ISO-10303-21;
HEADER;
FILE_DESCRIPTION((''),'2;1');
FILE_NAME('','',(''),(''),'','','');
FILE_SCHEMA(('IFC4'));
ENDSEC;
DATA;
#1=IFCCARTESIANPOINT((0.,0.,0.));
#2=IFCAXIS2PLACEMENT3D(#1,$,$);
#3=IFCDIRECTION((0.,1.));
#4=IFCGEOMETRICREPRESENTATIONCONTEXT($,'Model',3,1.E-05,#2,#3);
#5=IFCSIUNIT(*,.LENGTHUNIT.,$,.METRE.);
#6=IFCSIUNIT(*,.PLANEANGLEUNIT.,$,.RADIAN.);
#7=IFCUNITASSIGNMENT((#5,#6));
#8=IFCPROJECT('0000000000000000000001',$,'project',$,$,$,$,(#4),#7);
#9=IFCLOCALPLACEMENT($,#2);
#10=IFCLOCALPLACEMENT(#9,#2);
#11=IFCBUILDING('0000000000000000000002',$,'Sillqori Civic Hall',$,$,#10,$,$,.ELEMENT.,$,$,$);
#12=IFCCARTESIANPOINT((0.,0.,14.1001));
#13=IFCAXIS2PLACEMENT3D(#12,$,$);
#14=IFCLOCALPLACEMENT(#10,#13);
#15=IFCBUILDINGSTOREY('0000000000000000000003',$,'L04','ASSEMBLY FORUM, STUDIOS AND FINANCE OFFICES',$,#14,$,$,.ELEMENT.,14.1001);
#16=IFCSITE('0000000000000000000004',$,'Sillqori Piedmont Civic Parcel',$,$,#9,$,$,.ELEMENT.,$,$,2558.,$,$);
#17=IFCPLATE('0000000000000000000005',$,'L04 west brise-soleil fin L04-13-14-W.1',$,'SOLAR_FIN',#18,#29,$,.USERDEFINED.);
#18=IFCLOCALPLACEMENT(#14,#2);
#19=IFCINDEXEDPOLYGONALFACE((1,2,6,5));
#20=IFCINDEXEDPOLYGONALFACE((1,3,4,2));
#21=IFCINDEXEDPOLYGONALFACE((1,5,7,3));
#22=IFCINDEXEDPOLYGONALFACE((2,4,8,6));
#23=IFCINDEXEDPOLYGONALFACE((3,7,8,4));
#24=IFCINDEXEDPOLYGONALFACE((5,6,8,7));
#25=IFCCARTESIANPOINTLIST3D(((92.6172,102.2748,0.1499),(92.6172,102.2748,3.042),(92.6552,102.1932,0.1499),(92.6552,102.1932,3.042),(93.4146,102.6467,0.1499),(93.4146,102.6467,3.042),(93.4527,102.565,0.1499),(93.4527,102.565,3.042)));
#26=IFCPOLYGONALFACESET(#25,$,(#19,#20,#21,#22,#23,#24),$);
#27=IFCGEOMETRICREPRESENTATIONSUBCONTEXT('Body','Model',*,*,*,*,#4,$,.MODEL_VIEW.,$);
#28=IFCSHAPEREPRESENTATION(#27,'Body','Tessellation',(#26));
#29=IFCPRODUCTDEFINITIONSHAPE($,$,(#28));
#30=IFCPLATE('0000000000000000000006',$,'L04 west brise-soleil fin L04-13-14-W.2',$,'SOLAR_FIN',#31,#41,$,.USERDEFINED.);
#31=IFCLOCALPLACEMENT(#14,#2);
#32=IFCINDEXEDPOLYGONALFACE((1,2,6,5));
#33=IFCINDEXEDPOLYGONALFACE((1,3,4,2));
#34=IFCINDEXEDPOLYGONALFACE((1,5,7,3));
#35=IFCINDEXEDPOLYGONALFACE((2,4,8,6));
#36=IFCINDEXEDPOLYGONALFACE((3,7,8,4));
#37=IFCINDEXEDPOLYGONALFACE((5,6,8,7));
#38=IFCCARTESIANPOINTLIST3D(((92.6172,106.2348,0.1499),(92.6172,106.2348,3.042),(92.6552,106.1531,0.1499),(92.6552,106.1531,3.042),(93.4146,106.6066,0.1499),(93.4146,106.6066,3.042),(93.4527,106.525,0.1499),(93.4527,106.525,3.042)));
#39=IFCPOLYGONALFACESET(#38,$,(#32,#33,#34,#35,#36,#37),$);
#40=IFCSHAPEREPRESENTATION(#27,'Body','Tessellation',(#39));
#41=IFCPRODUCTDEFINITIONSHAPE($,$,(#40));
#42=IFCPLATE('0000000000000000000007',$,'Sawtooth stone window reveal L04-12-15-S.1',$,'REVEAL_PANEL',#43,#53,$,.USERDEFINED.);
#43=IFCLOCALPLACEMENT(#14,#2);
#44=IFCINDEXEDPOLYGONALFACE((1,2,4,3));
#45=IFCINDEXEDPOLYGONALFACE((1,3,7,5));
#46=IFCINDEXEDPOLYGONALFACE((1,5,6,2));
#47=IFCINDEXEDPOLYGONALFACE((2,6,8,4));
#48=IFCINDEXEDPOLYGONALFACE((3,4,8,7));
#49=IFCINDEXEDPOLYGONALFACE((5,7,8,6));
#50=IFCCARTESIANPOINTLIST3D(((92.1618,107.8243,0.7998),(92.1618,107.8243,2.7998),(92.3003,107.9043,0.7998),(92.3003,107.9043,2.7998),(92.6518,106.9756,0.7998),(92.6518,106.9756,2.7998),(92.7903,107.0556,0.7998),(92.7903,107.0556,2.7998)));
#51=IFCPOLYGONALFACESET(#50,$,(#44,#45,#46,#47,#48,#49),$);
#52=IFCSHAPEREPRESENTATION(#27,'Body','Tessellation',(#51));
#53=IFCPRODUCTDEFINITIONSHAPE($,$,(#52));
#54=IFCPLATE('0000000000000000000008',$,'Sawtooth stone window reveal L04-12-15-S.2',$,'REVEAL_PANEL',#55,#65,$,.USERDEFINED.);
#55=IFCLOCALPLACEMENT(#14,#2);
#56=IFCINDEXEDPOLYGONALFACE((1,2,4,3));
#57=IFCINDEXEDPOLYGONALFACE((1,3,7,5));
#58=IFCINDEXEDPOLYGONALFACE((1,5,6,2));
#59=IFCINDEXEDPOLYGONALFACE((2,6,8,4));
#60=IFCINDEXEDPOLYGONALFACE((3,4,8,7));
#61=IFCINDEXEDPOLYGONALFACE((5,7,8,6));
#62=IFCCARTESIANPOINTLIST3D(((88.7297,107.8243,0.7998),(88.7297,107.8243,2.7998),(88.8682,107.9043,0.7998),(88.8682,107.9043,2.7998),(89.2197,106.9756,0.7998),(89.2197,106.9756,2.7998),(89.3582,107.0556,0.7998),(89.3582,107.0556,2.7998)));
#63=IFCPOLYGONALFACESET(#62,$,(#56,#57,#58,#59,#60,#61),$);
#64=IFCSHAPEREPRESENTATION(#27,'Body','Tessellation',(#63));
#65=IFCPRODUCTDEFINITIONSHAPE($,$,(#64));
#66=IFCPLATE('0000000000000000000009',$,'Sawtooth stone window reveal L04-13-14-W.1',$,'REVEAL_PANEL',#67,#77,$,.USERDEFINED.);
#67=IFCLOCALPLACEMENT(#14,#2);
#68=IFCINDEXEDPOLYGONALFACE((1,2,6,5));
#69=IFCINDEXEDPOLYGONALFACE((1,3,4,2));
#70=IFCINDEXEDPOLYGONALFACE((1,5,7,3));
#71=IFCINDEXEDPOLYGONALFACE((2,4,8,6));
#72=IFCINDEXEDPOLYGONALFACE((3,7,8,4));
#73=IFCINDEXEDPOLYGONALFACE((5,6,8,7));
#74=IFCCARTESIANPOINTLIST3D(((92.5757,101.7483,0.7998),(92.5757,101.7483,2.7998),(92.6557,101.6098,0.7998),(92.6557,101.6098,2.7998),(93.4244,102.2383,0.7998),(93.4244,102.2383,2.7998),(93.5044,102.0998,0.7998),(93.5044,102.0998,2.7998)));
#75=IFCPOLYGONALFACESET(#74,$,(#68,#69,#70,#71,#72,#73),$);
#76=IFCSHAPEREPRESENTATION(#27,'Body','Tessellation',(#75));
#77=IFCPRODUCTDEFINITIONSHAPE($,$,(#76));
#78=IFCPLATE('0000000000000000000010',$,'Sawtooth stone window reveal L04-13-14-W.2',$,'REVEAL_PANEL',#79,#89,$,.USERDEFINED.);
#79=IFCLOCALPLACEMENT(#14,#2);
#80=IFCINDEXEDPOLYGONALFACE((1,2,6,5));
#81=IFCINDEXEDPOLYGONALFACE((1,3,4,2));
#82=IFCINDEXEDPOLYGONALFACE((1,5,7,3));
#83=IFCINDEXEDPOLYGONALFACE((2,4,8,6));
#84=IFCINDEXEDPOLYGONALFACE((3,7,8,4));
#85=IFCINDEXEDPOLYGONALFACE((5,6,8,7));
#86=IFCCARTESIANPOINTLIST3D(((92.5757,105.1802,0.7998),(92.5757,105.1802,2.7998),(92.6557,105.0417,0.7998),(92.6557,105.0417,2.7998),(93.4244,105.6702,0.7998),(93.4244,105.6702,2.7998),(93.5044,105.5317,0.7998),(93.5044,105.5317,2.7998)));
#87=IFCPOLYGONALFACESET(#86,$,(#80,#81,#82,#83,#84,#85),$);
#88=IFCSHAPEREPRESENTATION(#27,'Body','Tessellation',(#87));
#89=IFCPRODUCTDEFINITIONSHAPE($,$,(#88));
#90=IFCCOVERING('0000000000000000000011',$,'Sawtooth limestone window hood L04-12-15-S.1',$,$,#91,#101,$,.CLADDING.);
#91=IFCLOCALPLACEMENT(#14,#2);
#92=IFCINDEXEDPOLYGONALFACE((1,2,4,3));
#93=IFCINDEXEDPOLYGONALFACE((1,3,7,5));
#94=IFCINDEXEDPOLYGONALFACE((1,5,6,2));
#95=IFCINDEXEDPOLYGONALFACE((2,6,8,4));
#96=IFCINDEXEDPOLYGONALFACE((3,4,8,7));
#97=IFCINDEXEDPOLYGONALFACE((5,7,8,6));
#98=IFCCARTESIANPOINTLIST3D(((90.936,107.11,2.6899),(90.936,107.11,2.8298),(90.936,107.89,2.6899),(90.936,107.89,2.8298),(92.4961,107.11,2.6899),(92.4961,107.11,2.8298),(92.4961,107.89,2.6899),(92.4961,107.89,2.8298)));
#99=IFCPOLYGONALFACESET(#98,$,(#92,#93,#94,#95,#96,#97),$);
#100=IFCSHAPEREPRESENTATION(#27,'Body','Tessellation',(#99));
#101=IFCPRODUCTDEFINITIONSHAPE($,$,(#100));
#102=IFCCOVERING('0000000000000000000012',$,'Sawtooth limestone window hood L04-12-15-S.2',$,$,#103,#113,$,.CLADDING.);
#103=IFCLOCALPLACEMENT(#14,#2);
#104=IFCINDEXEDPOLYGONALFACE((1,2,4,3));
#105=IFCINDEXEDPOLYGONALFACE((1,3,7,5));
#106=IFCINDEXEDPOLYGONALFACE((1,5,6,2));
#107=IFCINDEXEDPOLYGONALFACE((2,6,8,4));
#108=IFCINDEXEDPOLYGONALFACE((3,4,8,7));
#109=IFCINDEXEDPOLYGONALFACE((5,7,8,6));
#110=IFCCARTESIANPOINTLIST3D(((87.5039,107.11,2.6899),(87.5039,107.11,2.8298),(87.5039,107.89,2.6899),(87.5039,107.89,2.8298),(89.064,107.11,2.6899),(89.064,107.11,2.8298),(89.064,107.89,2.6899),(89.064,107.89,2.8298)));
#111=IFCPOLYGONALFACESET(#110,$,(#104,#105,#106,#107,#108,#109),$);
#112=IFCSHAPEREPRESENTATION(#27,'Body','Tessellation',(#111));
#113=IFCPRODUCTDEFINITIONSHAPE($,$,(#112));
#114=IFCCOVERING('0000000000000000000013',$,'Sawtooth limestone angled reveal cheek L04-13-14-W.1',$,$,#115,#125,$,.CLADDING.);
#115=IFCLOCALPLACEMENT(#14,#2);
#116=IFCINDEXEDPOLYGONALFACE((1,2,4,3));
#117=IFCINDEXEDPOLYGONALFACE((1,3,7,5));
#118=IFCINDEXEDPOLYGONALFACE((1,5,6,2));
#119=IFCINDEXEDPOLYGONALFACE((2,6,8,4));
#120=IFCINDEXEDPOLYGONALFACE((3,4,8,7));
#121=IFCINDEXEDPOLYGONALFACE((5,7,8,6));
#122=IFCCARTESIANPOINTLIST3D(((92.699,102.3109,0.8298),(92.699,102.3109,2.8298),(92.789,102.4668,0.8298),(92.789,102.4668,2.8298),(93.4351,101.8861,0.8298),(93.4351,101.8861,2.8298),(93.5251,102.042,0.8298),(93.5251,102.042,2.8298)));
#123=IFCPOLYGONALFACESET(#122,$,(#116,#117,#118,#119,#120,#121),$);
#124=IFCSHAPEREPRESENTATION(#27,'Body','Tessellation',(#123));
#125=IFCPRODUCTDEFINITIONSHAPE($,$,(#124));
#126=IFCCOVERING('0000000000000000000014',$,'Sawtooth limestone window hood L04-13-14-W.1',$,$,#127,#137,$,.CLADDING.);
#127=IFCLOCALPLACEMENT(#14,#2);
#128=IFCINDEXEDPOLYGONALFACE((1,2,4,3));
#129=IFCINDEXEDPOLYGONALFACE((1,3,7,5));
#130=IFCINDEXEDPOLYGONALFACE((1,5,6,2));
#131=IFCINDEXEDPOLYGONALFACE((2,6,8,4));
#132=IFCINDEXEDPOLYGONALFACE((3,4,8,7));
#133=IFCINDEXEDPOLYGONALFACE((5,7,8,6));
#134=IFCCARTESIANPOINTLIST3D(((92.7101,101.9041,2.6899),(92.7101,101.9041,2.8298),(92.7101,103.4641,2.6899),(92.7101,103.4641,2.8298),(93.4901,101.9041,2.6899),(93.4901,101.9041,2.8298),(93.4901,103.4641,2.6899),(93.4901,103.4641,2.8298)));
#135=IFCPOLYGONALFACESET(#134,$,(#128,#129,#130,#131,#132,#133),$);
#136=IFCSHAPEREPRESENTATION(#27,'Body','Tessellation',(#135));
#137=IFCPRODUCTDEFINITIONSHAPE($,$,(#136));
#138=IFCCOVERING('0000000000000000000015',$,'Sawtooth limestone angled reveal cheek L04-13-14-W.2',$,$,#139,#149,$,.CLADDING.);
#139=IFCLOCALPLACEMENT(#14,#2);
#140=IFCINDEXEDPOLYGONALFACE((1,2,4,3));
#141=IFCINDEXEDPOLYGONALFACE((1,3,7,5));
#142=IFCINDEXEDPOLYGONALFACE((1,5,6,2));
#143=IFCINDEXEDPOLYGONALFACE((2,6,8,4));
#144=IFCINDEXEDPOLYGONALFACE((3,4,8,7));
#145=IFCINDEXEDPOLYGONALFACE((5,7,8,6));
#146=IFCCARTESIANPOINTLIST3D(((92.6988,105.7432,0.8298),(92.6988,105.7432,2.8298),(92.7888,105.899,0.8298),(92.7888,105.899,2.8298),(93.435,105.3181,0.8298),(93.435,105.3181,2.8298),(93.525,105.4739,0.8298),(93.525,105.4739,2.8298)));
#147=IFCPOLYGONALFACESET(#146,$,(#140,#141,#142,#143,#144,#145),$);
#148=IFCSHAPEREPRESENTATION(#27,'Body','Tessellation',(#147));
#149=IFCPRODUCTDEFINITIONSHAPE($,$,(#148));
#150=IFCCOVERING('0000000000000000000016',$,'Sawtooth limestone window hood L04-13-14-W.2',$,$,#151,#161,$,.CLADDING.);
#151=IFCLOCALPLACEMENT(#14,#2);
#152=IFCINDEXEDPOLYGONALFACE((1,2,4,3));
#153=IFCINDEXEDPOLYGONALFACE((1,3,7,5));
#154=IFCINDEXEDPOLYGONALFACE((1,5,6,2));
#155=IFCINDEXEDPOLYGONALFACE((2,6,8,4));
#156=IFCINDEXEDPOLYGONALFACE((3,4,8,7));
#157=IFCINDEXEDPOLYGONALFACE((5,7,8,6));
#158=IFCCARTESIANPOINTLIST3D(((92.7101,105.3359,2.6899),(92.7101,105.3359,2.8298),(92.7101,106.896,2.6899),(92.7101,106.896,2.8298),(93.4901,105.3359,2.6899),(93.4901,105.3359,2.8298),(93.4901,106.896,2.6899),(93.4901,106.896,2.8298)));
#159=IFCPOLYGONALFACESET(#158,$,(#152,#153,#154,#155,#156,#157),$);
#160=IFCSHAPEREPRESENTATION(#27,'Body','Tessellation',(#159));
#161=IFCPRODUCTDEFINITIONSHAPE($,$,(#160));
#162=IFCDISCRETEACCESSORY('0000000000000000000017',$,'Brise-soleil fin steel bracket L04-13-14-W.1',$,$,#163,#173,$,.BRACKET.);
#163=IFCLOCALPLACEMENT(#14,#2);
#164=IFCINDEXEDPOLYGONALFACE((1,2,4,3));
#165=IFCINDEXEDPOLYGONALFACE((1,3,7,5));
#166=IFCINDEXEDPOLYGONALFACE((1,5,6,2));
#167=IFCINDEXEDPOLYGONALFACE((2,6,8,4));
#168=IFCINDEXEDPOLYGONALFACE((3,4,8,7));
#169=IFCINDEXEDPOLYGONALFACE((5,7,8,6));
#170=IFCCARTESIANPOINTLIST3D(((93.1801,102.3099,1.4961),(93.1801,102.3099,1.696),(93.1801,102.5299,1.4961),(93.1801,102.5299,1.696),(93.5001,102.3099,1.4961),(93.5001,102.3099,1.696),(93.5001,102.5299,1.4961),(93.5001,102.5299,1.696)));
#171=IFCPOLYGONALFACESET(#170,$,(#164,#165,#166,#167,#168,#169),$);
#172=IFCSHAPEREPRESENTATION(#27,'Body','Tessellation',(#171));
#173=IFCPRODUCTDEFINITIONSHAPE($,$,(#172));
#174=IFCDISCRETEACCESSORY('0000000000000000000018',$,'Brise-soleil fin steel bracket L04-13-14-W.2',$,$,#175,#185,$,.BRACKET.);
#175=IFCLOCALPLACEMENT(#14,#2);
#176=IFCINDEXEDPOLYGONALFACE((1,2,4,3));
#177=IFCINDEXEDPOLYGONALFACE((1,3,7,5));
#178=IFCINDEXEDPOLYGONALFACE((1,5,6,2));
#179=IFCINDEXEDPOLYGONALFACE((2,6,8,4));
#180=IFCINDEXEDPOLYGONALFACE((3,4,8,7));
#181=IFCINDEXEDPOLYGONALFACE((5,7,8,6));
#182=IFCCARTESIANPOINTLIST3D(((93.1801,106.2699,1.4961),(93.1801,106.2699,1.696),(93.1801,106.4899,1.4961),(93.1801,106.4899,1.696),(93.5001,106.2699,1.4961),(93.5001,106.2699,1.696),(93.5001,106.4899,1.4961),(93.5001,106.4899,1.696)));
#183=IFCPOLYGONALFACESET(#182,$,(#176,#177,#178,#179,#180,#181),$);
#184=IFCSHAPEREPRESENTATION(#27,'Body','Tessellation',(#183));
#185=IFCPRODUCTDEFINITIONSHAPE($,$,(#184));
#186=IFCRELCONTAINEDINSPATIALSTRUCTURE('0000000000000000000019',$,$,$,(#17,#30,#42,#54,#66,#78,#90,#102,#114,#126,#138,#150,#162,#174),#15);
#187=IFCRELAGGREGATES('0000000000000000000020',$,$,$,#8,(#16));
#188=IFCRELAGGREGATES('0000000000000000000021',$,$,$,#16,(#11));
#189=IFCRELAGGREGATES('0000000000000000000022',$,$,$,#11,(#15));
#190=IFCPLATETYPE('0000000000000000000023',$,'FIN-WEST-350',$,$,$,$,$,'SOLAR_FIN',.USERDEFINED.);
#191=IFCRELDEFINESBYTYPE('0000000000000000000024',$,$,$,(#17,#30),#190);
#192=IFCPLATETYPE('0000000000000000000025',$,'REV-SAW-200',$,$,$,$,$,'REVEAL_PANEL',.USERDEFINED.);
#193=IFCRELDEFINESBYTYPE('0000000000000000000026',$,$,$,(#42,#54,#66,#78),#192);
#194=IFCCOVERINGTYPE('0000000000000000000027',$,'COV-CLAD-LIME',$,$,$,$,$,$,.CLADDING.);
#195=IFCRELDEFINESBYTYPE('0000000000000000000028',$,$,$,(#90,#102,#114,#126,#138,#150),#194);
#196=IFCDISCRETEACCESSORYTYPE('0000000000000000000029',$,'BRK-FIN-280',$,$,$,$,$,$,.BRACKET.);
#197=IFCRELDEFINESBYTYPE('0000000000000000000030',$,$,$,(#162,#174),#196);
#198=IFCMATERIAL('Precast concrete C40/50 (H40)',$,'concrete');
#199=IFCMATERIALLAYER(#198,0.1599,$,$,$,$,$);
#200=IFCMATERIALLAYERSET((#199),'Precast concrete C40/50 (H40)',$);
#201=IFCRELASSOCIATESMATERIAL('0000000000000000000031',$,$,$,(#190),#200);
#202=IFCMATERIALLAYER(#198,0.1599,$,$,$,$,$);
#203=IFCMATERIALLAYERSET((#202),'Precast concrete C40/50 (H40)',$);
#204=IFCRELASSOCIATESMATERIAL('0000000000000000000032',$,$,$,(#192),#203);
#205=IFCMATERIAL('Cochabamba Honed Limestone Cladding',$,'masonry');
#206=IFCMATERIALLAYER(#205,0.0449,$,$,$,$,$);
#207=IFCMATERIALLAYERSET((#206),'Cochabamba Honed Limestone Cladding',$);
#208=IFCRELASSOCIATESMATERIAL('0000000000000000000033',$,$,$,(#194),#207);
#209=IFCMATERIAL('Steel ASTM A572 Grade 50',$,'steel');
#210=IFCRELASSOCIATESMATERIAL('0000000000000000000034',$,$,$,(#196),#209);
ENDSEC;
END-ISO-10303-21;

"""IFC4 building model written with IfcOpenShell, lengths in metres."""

from ifc_helpers import new_model, si_unit, direction, frame, frame_2d, origin, origin_2d, place, context, subcontext, project, spatial, rectangle, extrude, material, layer, layer_set, type_object, element, save


model = new_model("IFC4")

# Units and contexts
model_context = context("Model", 3, precision=1e-05, world=origin(), true_north=direction((0.0, 1.0)))
body_context = subcontext(model_context, "Body", "Model", "MODEL_VIEW")
ifc_project = project(units=[si_unit("LENGTHUNIT", "METRE"), si_unit("PLANEANGLEUNIT", "RADIAN")], contexts=[model_context])

# Site, building, storey
site_placement = place(None, origin())
site = spatial("IfcSite", under=ifc_project, at=site_placement, Name="Sillqori Piedmont Civic Parcel", CompositionType="ELEMENT", RefElevation=2558.0)
building_placement = place(site_placement, origin())
building = spatial("IfcBuilding", under=site, at=building_placement, Name="Sillqori Civic Hall", CompositionType="ELEMENT")
storey_placement = place(building_placement, frame((0.0, 0.0, 14.1001)))
storey = spatial("IfcBuildingStorey", under=building, at=storey_placement, Name="L04", Description="ASSEMBLY FORUM, STUDIOS AND FINANCE OFFICES", CompositionType="ELEMENT", Elevation=14.1001)

# Plates
ifc_material_1 = material(Name="Precast concrete C40/50 (H40)", Category="concrete")
ifc_layer_1 = layer(ifc_material_1, 0.1599)
ifc_layer_set_1 = layer_set([ifc_layer_1], Name="Precast concrete C40/50 (H40)")
plate_type_1 = type_object("IfcPlateType", Name="FIN-WEST-350", ElementType="SOLAR_FIN", PredefinedType="USERDEFINED", material=ifc_layer_set_1)
for number, where, z_axis, x_axis, name in (
    (1, (93.0349, 102.4199, 0.1499), (0.0, 0.0, 1.0), (-0.422618, 0.906308, 0.0), "L04 west brise-soleil fin L04-13-14-W.1"),
    (2, (93.0349, 106.3799, 0.1499), (0.0, 0.0, 1.0), (-0.422618, 0.906308, 0.0), "L04 west brise-soleil fin L04-13-14-W.2"),
):
    element("IfcPlate", number, at=place(storey_placement, frame(where, z_axis=z_axis, x_axis=x_axis)), inside=storey, type_object=plate_type_1, Name=name, ObjectType="SOLAR_FIN", PredefinedType="USERDEFINED", context=body_context, shape_type="SweptSolid", body=[
        extrude(rectangle(XDim=0.0901, YDim=0.8799, at=origin_2d()), origin(), (0.0, 0.0, 1.0), 2.8921),
    ])
ifc_layer_2 = layer(ifc_material_1, 0.1599)
ifc_layer_set_2 = layer_set([ifc_layer_2], Name="Precast concrete C40/50 (H40)")
plate_type_2 = type_object("IfcPlateType", Name="REV-SAW-200", ElementType="REVEAL_PANEL", PredefinedType="USERDEFINED", material=ifc_layer_set_2)
for number, where, z_axis, x_axis, name in (
    (3, (92.4761, 107.4399, 0.7998), (0.0, 0.0, 1.0), (-0.866025, -0.5, 0.0), "Sawtooth stone window reveal L04-12-15-S.1"),
    (4, (89.0439, 107.4399, 0.7998), (0.0, 0.0, 1.0), (-0.866025, -0.5, 0.0), "Sawtooth stone window reveal L04-12-15-S.2"),
    (5, (93.04, 101.9241, 0.7998), (0.0, 0.0, 1.0), (-0.5, 0.866025, 0.0), "Sawtooth stone window reveal L04-13-14-W.1"),
    (6, (93.04, 105.356, 0.7998), (0.0, 0.0, 1.0), (-0.5, 0.866025, 0.0), "Sawtooth stone window reveal L04-13-14-W.2"),
):
    element("IfcPlate", number, at=place(storey_placement, frame(where, z_axis=z_axis, x_axis=x_axis)), inside=storey, type_object=plate_type_2, Name=name, ObjectType="REVEAL_PANEL", PredefinedType="USERDEFINED", context=body_context, shape_type="SweptSolid", body=[
        extrude(rectangle(XDim=0.1599, YDim=0.98, at=origin_2d()), origin(), (0.0, 0.0, 1.0), 2.0),
    ])

# Coverings
ifc_material_2 = material(Name="Cochabamba Honed Limestone Cladding", Category="masonry")
ifc_layer_3 = layer(ifc_material_2, 0.0449)
ifc_layer_set_3 = layer_set([ifc_layer_3], Name="Cochabamba Honed Limestone Cladding")
covering_type = type_object("IfcCoveringType", Name="COV-CLAD-LIME", PredefinedType="CLADDING", material=ifc_layer_set_3)
for number, where, z_axis, x_axis, name in (
    (7, (92.4961, 107.5, 2.6899), (0.0, 0.0, 1.0), (-1.0, 0.0, 0.0), "Sawtooth limestone window hood L04-12-15-S.1"),
    (8, (89.064, 107.5, 2.6899), (0.0, 0.0, 1.0), (-1.0, 0.0, 0.0), "Sawtooth limestone window hood L04-12-15-S.2"),
):
    element("IfcCovering", number, at=place(storey_placement, frame(where, z_axis=z_axis, x_axis=x_axis)), inside=storey, type_object=covering_type, Name=name, PredefinedType="CLADDING", context=body_context, shape_type="SweptSolid", body=[
        extrude(rectangle(XDim=1.5601, YDim=0.78, at=frame_2d((0.78, 0.0))), origin(), (0.0, 0.0, 1.0), 0.1399),
    ])
covering_1_placement = place(storey_placement, frame((93.48, 101.9641, 0.8298), z_axis=(0.0, 0.0, 1.0), x_axis=(-0.866114, 0.499847, 0.0)))
element("IfcCovering", 9, at=covering_1_placement, inside=storey, type_object=covering_type, Name="Sawtooth limestone angled reveal cheek L04-13-14-W.1", PredefinedType="CLADDING", context=body_context, shape_type="SweptSolid", body=[
    extrude(rectangle(XDim=0.8499, YDim=0.1799, at=frame_2d((0.4248, 0.0))), origin(), (0.0, 0.0, 1.0), 2.0),
])
covering_2_placement = place(storey_placement, frame((93.1001, 101.9041, 2.6899), z_axis=(0.0, 0.0, 1.0), x_axis=(0.0, 1.0, 0.0)))
element("IfcCovering", 10, at=covering_2_placement, inside=storey, type_object=covering_type, Name="Sawtooth limestone window hood L04-13-14-W.1", PredefinedType="CLADDING", context=body_context, shape_type="SweptSolid", body=[
    extrude(rectangle(XDim=1.5601, YDim=0.78, at=frame_2d((0.78, 0.0))), origin(), (0.0, 0.0, 1.0), 0.1399),
])
covering_3_placement = place(storey_placement, frame((93.48, 105.396, 0.8298), z_axis=(0.0, 0.0, 1.0), x_axis=(-0.865989, 0.500062, 0.0)))
element("IfcCovering", 11, at=covering_3_placement, inside=storey, type_object=covering_type, Name="Sawtooth limestone angled reveal cheek L04-13-14-W.2", PredefinedType="CLADDING", context=body_context, shape_type="SweptSolid", body=[
    extrude(rectangle(XDim=0.8501, YDim=0.1799, at=frame_2d((0.425, 0.0))), origin(), (0.0, 0.0, 1.0), 2.0),
])
covering_4_placement = place(storey_placement, frame((93.1001, 105.3359, 2.6899), z_axis=(0.0, 0.0, 1.0), x_axis=(0.0, 1.0, 0.0)))
element("IfcCovering", 12, at=covering_4_placement, inside=storey, type_object=covering_type, Name="Sawtooth limestone window hood L04-13-14-W.2", PredefinedType="CLADDING", context=body_context, shape_type="SweptSolid", body=[
    extrude(rectangle(XDim=1.5601, YDim=0.78, at=frame_2d((0.78, 0.0))), origin(), (0.0, 0.0, 1.0), 0.1399),
])

# Discrete accessories
ifc_material_3 = material(Name="Steel ASTM A572 Grade 50", Category="steel")
discrete_accessory_type = type_object("IfcDiscreteAccessoryType", Name="BRK-FIN-280", PredefinedType="BRACKET", material=ifc_material_3)
for number, where, z_axis, x_axis, name in (
    (13, (93.3401, 102.4199, 1.4961), (0.0, 0.0, 1.0), (0.0, 1.0, 0.0), "Brise-soleil fin steel bracket L04-13-14-W.1"),
    (14, (93.3401, 106.3799, 1.4961), (0.0, 0.0, 1.0), (0.0, 1.0, 0.0), "Brise-soleil fin steel bracket L04-13-14-W.2"),
):
    element("IfcDiscreteAccessory", number, at=place(storey_placement, frame(where, z_axis=z_axis, x_axis=x_axis)), inside=storey, type_object=discrete_accessory_type, Name=name, PredefinedType="BRACKET", context=body_context, shape_type="SweptSolid", body=[
        extrude(rectangle(XDim=0.22, YDim=0.3201, at=origin_2d()), origin(), (0.0, 0.0, 1.0), 0.2),
    ])

save(model, "model.ifc")
